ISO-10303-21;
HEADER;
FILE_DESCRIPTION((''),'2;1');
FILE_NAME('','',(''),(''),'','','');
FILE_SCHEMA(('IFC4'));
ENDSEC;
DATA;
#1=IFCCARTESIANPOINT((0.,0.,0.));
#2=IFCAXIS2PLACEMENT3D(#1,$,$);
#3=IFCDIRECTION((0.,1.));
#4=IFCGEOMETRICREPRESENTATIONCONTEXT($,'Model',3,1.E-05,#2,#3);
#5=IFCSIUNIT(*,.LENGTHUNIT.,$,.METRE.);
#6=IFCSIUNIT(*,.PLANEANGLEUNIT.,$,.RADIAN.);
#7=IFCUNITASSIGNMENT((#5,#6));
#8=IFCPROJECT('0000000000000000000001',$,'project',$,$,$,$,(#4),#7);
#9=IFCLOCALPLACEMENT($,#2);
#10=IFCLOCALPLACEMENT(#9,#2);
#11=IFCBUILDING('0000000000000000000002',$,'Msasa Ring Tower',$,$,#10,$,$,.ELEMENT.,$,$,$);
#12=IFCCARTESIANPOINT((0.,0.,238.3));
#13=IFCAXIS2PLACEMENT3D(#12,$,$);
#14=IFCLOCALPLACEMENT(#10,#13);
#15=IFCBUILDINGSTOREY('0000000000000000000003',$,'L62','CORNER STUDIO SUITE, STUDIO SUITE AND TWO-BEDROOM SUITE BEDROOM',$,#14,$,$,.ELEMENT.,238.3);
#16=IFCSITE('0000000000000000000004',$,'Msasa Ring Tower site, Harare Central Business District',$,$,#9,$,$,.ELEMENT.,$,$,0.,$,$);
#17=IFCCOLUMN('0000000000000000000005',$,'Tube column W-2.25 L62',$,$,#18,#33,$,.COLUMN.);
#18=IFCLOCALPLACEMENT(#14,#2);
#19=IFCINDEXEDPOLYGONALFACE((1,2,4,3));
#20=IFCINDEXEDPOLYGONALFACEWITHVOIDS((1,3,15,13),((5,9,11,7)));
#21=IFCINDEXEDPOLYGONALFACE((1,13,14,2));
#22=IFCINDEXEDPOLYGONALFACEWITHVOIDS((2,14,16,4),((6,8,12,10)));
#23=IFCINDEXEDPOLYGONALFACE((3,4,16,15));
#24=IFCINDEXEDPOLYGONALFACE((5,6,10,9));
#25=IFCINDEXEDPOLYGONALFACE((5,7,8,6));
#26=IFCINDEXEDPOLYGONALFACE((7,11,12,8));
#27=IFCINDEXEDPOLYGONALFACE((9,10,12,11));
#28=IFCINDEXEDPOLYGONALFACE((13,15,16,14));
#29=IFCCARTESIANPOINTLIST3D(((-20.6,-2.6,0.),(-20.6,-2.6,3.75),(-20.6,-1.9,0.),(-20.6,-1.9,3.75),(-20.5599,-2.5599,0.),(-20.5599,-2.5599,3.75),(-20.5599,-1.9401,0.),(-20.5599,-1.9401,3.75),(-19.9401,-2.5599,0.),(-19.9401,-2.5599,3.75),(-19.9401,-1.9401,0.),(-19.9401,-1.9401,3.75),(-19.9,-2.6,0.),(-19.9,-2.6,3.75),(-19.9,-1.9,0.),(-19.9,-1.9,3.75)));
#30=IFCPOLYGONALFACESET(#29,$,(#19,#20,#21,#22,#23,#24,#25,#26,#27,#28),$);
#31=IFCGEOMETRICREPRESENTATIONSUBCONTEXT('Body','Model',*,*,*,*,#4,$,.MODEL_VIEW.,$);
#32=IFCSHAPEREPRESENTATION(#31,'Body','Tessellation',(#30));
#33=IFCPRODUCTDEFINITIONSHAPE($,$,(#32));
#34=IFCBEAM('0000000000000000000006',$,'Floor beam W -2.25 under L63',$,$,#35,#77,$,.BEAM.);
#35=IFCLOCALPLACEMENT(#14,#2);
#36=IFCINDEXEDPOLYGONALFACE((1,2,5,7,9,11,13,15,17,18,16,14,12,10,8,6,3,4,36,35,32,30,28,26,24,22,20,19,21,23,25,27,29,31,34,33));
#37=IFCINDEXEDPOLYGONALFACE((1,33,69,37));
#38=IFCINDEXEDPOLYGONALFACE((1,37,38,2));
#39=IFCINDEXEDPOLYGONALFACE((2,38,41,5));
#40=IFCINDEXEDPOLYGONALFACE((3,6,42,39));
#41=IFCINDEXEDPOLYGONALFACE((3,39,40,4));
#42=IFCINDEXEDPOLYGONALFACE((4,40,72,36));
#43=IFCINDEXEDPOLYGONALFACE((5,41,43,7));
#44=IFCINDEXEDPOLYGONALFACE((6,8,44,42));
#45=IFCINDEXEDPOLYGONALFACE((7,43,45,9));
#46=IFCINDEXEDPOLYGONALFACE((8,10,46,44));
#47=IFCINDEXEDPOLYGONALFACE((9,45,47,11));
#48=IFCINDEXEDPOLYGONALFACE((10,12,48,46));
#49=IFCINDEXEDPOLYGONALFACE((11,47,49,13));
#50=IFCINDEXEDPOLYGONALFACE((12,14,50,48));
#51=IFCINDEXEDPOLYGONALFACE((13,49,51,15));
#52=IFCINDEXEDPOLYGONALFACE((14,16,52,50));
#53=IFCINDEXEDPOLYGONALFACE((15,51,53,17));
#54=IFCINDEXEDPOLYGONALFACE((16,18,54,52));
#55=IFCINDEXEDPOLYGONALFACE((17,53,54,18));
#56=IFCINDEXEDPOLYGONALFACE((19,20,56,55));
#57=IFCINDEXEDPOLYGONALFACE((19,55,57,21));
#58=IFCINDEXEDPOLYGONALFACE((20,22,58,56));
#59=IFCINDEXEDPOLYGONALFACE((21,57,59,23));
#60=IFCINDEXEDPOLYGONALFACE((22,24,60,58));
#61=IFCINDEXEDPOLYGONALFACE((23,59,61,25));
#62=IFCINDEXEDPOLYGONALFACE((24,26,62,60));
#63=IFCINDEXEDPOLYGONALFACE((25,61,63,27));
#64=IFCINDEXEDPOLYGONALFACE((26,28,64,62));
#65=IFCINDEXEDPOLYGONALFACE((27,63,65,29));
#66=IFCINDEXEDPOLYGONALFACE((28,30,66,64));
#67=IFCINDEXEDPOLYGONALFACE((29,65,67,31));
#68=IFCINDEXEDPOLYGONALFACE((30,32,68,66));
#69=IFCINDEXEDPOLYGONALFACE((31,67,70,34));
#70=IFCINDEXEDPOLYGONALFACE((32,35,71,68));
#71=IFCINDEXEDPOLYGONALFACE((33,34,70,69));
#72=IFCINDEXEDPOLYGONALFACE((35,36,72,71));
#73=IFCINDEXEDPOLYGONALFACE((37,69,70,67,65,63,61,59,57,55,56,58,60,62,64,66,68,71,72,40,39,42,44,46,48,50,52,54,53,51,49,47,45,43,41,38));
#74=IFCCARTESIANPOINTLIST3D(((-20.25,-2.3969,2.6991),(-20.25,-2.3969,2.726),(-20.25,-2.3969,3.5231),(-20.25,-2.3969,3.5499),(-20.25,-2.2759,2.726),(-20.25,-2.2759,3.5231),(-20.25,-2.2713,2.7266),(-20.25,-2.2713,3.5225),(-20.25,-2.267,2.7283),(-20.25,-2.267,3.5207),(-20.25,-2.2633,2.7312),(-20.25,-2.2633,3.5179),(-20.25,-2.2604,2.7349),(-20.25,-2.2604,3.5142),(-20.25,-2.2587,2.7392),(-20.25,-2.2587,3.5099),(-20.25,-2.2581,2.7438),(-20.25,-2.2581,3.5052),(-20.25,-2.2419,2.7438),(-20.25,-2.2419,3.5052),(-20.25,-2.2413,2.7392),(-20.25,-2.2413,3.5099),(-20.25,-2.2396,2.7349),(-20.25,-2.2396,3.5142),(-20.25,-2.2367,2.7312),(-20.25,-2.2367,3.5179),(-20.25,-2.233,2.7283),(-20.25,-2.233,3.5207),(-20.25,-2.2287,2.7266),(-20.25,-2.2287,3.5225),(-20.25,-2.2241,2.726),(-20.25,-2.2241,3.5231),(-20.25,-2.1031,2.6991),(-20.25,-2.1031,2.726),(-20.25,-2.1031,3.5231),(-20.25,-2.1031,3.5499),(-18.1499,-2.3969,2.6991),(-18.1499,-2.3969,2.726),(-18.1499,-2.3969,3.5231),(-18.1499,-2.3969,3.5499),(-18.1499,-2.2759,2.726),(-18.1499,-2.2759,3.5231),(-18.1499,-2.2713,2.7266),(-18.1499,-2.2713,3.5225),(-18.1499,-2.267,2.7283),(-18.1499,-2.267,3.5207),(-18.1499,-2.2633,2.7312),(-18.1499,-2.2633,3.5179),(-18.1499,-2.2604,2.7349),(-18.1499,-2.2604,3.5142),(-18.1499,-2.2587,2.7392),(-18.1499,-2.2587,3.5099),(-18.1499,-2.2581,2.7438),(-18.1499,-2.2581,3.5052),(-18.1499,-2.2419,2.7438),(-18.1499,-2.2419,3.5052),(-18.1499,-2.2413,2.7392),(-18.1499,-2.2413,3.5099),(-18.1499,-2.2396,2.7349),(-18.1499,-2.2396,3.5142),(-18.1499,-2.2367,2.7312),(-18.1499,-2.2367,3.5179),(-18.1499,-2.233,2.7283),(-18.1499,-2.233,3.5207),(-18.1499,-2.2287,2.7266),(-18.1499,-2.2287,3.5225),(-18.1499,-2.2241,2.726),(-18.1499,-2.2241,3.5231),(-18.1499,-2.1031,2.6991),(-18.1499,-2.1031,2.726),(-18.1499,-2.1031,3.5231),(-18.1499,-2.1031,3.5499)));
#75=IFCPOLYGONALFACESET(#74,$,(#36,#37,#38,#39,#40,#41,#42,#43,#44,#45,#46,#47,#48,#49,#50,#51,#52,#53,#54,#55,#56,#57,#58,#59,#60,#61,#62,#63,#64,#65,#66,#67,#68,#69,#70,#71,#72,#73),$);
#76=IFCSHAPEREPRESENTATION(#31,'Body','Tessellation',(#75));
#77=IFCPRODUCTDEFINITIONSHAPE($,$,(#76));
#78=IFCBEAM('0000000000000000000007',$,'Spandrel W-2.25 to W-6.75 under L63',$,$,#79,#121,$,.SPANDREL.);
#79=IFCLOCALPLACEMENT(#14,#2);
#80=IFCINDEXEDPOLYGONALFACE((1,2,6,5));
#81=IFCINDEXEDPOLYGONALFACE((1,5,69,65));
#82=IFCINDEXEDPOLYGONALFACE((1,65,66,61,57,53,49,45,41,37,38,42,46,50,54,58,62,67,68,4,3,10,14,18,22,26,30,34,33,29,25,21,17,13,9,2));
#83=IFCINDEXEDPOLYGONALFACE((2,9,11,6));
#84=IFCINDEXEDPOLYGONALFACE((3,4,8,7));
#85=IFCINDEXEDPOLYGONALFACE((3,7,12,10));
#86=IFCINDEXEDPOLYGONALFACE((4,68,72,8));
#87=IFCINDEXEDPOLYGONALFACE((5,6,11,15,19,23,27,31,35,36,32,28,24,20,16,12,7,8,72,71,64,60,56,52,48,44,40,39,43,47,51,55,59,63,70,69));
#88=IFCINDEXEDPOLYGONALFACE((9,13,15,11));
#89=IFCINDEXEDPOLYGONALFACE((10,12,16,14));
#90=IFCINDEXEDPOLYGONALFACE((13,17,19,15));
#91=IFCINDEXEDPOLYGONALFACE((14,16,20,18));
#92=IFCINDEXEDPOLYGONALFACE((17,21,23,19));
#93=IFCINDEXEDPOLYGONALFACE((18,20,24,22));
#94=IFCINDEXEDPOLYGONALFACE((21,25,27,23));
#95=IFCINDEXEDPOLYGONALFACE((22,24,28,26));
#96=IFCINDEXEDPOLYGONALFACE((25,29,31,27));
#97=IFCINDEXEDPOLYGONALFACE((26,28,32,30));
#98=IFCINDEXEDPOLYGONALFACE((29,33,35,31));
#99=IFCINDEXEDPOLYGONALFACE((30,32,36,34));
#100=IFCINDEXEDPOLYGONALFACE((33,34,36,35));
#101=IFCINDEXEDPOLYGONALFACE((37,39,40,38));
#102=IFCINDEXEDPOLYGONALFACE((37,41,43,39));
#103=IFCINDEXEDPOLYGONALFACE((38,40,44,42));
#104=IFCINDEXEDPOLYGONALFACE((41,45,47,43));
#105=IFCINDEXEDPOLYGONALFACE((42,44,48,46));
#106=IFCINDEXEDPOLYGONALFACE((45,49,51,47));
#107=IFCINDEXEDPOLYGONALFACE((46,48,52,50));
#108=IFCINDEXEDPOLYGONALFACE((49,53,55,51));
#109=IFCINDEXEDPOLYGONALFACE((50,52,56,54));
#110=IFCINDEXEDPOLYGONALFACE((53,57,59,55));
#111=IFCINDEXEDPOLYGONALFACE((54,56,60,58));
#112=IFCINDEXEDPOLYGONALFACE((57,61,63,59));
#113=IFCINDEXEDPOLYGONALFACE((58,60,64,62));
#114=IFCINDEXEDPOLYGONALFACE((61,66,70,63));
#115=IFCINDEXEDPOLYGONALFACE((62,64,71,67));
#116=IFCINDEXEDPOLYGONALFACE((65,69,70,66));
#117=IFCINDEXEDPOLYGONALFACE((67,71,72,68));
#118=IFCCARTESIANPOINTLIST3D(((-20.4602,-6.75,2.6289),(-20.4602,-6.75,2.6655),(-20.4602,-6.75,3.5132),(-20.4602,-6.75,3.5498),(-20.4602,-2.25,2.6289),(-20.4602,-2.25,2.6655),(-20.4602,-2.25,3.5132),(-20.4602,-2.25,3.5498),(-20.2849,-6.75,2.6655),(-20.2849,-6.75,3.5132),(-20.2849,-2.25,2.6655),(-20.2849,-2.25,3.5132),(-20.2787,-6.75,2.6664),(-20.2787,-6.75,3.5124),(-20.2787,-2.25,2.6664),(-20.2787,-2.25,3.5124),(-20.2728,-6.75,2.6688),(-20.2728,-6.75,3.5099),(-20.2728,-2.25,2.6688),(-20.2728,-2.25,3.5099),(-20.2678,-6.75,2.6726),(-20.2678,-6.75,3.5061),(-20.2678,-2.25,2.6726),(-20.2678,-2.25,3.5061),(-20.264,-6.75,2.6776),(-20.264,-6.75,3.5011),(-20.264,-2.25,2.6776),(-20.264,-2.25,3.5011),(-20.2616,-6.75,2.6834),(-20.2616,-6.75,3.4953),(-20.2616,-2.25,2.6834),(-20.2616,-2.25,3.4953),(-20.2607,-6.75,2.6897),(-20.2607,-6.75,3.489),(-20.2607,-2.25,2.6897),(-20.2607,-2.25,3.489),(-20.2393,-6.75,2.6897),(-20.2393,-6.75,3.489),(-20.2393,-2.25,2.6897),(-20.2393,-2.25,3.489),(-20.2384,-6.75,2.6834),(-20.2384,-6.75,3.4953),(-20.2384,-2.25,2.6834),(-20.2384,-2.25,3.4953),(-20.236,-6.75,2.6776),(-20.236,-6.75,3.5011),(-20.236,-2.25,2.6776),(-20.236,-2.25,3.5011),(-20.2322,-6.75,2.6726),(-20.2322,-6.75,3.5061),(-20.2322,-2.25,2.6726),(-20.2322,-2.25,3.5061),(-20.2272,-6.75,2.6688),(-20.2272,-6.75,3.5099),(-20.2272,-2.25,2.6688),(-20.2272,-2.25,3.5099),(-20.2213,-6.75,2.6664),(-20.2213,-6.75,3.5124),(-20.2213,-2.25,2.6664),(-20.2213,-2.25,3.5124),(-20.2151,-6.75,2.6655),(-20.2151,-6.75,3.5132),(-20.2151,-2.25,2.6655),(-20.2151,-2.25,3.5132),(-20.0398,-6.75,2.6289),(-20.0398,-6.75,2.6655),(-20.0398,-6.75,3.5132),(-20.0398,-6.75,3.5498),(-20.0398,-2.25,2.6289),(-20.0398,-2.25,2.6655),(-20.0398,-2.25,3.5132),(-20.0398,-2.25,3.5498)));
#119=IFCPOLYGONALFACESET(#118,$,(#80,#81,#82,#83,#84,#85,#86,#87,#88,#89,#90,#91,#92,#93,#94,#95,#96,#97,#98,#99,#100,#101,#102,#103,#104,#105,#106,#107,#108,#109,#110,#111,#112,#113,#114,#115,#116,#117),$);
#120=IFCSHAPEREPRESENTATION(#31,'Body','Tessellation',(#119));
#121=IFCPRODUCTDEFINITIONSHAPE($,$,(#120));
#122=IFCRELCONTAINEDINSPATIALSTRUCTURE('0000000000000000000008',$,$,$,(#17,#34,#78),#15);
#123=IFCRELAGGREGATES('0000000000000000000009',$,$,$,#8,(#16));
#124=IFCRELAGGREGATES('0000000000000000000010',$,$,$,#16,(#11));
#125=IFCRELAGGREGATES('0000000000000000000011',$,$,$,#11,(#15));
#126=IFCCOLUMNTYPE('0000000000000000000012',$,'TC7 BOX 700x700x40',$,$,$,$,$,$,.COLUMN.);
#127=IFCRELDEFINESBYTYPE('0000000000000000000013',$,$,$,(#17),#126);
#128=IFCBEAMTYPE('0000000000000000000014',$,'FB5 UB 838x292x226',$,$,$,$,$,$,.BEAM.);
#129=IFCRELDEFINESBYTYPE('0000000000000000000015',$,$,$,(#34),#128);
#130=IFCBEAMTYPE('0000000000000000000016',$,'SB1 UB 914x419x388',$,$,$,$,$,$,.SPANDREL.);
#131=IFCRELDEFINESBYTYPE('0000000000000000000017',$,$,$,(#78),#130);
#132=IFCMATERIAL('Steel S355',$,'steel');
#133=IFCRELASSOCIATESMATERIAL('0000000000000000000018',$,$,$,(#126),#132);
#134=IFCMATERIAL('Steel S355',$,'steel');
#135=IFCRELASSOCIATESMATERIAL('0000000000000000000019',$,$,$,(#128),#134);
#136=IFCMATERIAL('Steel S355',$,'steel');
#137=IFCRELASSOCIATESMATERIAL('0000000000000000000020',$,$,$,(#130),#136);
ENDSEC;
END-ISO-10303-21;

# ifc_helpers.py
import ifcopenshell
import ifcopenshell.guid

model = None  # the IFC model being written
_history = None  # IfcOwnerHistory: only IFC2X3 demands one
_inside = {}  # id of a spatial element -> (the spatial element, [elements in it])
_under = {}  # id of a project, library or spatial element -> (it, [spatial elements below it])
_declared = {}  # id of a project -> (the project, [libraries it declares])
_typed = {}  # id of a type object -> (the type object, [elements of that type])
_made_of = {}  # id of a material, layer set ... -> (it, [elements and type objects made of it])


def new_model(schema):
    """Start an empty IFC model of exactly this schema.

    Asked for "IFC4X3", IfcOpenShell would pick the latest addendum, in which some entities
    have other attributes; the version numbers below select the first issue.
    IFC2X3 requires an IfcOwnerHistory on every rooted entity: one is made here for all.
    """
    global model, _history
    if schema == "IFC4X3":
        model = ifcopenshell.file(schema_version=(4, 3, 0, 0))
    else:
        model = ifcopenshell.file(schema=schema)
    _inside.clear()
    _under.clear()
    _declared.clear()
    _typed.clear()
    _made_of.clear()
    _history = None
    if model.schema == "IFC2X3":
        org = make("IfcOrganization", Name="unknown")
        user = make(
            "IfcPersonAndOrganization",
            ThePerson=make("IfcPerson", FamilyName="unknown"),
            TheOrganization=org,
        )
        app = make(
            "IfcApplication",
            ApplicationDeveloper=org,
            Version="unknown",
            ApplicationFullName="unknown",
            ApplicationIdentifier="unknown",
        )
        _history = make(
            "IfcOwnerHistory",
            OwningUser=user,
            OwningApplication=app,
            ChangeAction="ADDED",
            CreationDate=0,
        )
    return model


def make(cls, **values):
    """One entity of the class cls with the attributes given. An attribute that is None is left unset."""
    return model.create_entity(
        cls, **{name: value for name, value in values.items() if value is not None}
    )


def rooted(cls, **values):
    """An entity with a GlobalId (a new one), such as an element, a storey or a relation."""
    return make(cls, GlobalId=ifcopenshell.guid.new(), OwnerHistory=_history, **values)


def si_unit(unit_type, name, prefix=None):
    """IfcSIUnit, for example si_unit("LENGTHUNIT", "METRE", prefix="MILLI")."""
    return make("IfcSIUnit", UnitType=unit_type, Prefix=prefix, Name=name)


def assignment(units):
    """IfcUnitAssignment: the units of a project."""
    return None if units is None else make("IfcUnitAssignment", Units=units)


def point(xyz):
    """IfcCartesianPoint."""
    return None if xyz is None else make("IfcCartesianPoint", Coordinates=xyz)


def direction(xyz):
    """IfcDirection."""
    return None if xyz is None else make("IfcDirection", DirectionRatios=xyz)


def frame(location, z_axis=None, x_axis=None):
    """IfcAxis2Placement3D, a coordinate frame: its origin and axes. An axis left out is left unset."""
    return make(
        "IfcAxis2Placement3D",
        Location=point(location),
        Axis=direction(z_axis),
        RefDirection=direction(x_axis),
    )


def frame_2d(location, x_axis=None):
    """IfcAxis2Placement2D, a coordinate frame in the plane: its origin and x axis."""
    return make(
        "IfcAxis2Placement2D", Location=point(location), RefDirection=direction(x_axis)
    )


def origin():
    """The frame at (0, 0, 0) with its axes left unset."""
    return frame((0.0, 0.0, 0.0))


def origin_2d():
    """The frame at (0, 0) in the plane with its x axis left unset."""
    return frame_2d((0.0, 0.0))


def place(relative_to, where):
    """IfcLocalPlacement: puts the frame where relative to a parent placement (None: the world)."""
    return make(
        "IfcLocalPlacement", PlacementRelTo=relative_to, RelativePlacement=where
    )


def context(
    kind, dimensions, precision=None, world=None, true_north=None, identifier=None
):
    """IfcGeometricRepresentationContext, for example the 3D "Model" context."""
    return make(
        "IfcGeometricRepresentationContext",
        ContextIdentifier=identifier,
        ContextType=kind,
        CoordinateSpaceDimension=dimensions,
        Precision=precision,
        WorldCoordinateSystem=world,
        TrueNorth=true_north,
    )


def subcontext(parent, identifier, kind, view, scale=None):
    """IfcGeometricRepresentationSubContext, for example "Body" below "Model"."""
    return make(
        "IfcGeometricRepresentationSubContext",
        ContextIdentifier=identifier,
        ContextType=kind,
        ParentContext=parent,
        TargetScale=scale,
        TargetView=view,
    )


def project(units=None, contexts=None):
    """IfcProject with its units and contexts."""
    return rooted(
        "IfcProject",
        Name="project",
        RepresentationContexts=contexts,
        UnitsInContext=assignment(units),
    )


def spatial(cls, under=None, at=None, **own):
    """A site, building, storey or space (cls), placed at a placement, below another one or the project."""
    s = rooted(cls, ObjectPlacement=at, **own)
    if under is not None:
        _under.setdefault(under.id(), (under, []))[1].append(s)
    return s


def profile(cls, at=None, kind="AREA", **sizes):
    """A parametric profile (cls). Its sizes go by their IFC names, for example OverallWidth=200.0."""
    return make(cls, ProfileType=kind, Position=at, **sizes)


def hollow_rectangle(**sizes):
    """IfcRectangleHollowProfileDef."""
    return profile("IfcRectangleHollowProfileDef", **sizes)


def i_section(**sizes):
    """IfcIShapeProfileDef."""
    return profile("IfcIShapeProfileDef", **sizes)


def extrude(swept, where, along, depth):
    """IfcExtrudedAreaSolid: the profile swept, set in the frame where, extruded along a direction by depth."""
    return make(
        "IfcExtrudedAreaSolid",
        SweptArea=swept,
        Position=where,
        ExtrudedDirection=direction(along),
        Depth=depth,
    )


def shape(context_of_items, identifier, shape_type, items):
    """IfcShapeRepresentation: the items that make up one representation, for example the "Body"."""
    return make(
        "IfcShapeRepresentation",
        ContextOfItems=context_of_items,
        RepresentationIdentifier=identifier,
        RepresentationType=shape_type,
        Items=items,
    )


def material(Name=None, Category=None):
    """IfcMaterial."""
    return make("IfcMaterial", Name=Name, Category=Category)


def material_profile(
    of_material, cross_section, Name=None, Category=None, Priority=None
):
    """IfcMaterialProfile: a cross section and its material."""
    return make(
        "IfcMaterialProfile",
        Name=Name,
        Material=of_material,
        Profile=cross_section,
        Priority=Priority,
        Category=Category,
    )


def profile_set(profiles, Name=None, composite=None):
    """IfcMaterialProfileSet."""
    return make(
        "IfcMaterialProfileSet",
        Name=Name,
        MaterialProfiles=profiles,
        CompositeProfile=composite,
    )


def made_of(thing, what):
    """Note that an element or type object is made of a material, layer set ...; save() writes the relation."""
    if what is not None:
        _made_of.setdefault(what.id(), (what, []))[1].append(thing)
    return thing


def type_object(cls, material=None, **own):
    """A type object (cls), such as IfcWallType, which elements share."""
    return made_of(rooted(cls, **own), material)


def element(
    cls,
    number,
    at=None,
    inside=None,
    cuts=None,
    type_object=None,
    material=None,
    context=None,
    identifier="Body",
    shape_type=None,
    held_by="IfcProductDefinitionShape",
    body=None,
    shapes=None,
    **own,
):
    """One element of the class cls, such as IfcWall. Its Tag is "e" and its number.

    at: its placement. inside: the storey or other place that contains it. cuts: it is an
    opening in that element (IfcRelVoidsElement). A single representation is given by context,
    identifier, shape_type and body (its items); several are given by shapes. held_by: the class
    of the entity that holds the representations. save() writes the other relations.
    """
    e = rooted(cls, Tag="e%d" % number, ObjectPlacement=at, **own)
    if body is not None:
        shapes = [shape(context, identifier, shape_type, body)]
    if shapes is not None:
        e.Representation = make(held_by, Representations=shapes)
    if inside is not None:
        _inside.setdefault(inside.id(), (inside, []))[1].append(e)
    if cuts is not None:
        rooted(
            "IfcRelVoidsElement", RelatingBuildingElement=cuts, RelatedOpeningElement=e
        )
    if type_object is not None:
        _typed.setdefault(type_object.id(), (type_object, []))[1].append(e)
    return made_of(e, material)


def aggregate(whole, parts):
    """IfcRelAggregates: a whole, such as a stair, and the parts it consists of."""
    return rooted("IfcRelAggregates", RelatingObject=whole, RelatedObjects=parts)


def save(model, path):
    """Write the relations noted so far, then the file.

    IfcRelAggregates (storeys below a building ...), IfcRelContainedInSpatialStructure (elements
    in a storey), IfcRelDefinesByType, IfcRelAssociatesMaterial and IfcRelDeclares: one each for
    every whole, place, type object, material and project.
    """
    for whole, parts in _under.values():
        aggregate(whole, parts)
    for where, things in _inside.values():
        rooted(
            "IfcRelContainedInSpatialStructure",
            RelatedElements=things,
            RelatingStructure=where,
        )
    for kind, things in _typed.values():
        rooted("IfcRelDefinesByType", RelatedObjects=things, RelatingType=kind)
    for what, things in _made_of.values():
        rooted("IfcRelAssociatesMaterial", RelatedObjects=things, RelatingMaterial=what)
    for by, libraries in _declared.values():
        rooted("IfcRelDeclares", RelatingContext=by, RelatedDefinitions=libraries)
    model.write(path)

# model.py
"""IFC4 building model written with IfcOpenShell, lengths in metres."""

from ifc_helpers import new_model, si_unit, direction, frame, origin, origin_2d, place, context, subcontext, project, spatial, hollow_rectangle, i_section, extrude, material, material_profile, profile_set, type_object, element, save


model = new_model("IFC4")

# Units and contexts
model_context = context("Model", 3, precision=1e-05, world=origin(), true_north=direction((0.0, 1.0)))
body_context = subcontext(model_context, "Body", "Model", "MODEL_VIEW")
ifc_project = project(units=[si_unit("LENGTHUNIT", "METRE"), si_unit("PLANEANGLEUNIT", "RADIAN")], contexts=[model_context])

# Site, building, storey
site_placement = place(None, origin())
site = spatial("IfcSite", under=ifc_project, at=site_placement, Name="Msasa Ring Tower site, Harare Central Business District", CompositionType="ELEMENT", RefElevation=0.0)
building_placement = place(site_placement, origin())
building = spatial("IfcBuilding", under=site, at=building_placement, Name="Msasa Ring Tower", CompositionType="ELEMENT")
storey_placement = place(building_placement, frame((0.0, 0.0, 238.3)))
storey = spatial("IfcBuildingStorey", under=building, at=storey_placement, Name="L62", Description="CORNER STUDIO SUITE, STUDIO SUITE AND TWO-BEDROOM SUITE BEDROOM", CompositionType="ELEMENT", Elevation=238.3)

# Column
ifc_material_1 = material(Name="Steel S355", Category="steel")
ifc_material_profile_1 = material_profile(ifc_material_1, hollow_rectangle(XDim=0.7, YDim=0.7, WallThickness=0.04, at=origin_2d()), Name="BOX 700x700x40")
ifc_profile_set_1 = profile_set([ifc_material_profile_1], Name="Steel S355")
column_type = type_object("IfcColumnType", Name="TC7 BOX 700x700x40", PredefinedType="COLUMN", material=ifc_profile_set_1)
column_placement = place(storey_placement, frame((-20.25, -2.25, 0.0), z_axis=(0.0, 0.0, 1.0), x_axis=(1.0, 0.0, 0.0)))
element("IfcColumn", 1, at=column_placement, inside=storey, type_object=column_type, Name="Tube column W-2.25 L62", PredefinedType="COLUMN", context=body_context, shape_type="SweptSolid", body=[
    extrude(hollow_rectangle(XDim=0.7, YDim=0.7, WallThickness=0.04, at=origin_2d()), origin(), (0.0, 0.0, 1.0), 3.75),
])

# Beams
ifc_material_2 = material(Name="Steel S355", Category="steel")
ifc_material_profile_2 = material_profile(ifc_material_2, i_section(OverallWidth=0.2937, OverallDepth=0.8508, WebThickness=0.0161, FlangeThickness=0.0269, FilletRadius=0.0178, at=origin_2d()), Name="UB 838x292x226")
ifc_profile_set_2 = profile_set([ifc_material_profile_2], Name="Steel S355")
beam_type_1 = type_object("IfcBeamType", Name="FB5 UB 838x292x226", PredefinedType="BEAM", material=ifc_profile_set_2)
beam_1_placement = place(storey_placement, frame((-20.25, -2.25, 3.1245), z_axis=(1.0, 0.0, 0.0), x_axis=(0.0, 1.0, 0.0)))
element("IfcBeam", 2, at=beam_1_placement, inside=storey, type_object=beam_type_1, Name="Floor beam W -2.25 under L63", PredefinedType="BEAM", context=body_context, shape_type="SweptSolid", body=[
    extrude(i_section(OverallWidth=0.2937, OverallDepth=0.8508, WebThickness=0.0161, FlangeThickness=0.0269, FilletRadius=0.0178, at=origin_2d()), origin(), (0.0, 0.0, 1.0), 2.1001),
])
ifc_material_3 = material(Name="Steel S355", Category="steel")
ifc_material_profile_3 = material_profile(ifc_material_3, i_section(OverallWidth=0.4204, OverallDepth=0.9209, WebThickness=0.0215, FlangeThickness=0.0366, FilletRadius=0.0242, at=origin_2d()), Name="UB 914x419x388")
ifc_profile_set_3 = profile_set([ifc_material_profile_3], Name="Steel S355")
beam_type_2 = type_object("IfcBeamType", Name="SB1 UB 914x419x388", PredefinedType="SPANDREL", material=ifc_profile_set_3)
beam_2_placement = place(storey_placement, frame((-20.25, -2.25, 3.0894), z_axis=(0.0, -1.0, 0.0), x_axis=(1.0, 0.0, 0.0)))
element("IfcBeam", 3, at=beam_2_placement, inside=storey, type_object=beam_type_2, Name="Spandrel W-2.25 to W-6.75 under L63", PredefinedType="SPANDREL", context=body_context, shape_type="SweptSolid", body=[
    extrude(i_section(OverallWidth=0.4204, OverallDepth=0.9209, WebThickness=0.0215, FlangeThickness=0.0366, FilletRadius=0.0242, at=origin_2d()), origin(), (0.0, 0.0, 1.0), 4.5),
])

save(model, "model.ifc")
